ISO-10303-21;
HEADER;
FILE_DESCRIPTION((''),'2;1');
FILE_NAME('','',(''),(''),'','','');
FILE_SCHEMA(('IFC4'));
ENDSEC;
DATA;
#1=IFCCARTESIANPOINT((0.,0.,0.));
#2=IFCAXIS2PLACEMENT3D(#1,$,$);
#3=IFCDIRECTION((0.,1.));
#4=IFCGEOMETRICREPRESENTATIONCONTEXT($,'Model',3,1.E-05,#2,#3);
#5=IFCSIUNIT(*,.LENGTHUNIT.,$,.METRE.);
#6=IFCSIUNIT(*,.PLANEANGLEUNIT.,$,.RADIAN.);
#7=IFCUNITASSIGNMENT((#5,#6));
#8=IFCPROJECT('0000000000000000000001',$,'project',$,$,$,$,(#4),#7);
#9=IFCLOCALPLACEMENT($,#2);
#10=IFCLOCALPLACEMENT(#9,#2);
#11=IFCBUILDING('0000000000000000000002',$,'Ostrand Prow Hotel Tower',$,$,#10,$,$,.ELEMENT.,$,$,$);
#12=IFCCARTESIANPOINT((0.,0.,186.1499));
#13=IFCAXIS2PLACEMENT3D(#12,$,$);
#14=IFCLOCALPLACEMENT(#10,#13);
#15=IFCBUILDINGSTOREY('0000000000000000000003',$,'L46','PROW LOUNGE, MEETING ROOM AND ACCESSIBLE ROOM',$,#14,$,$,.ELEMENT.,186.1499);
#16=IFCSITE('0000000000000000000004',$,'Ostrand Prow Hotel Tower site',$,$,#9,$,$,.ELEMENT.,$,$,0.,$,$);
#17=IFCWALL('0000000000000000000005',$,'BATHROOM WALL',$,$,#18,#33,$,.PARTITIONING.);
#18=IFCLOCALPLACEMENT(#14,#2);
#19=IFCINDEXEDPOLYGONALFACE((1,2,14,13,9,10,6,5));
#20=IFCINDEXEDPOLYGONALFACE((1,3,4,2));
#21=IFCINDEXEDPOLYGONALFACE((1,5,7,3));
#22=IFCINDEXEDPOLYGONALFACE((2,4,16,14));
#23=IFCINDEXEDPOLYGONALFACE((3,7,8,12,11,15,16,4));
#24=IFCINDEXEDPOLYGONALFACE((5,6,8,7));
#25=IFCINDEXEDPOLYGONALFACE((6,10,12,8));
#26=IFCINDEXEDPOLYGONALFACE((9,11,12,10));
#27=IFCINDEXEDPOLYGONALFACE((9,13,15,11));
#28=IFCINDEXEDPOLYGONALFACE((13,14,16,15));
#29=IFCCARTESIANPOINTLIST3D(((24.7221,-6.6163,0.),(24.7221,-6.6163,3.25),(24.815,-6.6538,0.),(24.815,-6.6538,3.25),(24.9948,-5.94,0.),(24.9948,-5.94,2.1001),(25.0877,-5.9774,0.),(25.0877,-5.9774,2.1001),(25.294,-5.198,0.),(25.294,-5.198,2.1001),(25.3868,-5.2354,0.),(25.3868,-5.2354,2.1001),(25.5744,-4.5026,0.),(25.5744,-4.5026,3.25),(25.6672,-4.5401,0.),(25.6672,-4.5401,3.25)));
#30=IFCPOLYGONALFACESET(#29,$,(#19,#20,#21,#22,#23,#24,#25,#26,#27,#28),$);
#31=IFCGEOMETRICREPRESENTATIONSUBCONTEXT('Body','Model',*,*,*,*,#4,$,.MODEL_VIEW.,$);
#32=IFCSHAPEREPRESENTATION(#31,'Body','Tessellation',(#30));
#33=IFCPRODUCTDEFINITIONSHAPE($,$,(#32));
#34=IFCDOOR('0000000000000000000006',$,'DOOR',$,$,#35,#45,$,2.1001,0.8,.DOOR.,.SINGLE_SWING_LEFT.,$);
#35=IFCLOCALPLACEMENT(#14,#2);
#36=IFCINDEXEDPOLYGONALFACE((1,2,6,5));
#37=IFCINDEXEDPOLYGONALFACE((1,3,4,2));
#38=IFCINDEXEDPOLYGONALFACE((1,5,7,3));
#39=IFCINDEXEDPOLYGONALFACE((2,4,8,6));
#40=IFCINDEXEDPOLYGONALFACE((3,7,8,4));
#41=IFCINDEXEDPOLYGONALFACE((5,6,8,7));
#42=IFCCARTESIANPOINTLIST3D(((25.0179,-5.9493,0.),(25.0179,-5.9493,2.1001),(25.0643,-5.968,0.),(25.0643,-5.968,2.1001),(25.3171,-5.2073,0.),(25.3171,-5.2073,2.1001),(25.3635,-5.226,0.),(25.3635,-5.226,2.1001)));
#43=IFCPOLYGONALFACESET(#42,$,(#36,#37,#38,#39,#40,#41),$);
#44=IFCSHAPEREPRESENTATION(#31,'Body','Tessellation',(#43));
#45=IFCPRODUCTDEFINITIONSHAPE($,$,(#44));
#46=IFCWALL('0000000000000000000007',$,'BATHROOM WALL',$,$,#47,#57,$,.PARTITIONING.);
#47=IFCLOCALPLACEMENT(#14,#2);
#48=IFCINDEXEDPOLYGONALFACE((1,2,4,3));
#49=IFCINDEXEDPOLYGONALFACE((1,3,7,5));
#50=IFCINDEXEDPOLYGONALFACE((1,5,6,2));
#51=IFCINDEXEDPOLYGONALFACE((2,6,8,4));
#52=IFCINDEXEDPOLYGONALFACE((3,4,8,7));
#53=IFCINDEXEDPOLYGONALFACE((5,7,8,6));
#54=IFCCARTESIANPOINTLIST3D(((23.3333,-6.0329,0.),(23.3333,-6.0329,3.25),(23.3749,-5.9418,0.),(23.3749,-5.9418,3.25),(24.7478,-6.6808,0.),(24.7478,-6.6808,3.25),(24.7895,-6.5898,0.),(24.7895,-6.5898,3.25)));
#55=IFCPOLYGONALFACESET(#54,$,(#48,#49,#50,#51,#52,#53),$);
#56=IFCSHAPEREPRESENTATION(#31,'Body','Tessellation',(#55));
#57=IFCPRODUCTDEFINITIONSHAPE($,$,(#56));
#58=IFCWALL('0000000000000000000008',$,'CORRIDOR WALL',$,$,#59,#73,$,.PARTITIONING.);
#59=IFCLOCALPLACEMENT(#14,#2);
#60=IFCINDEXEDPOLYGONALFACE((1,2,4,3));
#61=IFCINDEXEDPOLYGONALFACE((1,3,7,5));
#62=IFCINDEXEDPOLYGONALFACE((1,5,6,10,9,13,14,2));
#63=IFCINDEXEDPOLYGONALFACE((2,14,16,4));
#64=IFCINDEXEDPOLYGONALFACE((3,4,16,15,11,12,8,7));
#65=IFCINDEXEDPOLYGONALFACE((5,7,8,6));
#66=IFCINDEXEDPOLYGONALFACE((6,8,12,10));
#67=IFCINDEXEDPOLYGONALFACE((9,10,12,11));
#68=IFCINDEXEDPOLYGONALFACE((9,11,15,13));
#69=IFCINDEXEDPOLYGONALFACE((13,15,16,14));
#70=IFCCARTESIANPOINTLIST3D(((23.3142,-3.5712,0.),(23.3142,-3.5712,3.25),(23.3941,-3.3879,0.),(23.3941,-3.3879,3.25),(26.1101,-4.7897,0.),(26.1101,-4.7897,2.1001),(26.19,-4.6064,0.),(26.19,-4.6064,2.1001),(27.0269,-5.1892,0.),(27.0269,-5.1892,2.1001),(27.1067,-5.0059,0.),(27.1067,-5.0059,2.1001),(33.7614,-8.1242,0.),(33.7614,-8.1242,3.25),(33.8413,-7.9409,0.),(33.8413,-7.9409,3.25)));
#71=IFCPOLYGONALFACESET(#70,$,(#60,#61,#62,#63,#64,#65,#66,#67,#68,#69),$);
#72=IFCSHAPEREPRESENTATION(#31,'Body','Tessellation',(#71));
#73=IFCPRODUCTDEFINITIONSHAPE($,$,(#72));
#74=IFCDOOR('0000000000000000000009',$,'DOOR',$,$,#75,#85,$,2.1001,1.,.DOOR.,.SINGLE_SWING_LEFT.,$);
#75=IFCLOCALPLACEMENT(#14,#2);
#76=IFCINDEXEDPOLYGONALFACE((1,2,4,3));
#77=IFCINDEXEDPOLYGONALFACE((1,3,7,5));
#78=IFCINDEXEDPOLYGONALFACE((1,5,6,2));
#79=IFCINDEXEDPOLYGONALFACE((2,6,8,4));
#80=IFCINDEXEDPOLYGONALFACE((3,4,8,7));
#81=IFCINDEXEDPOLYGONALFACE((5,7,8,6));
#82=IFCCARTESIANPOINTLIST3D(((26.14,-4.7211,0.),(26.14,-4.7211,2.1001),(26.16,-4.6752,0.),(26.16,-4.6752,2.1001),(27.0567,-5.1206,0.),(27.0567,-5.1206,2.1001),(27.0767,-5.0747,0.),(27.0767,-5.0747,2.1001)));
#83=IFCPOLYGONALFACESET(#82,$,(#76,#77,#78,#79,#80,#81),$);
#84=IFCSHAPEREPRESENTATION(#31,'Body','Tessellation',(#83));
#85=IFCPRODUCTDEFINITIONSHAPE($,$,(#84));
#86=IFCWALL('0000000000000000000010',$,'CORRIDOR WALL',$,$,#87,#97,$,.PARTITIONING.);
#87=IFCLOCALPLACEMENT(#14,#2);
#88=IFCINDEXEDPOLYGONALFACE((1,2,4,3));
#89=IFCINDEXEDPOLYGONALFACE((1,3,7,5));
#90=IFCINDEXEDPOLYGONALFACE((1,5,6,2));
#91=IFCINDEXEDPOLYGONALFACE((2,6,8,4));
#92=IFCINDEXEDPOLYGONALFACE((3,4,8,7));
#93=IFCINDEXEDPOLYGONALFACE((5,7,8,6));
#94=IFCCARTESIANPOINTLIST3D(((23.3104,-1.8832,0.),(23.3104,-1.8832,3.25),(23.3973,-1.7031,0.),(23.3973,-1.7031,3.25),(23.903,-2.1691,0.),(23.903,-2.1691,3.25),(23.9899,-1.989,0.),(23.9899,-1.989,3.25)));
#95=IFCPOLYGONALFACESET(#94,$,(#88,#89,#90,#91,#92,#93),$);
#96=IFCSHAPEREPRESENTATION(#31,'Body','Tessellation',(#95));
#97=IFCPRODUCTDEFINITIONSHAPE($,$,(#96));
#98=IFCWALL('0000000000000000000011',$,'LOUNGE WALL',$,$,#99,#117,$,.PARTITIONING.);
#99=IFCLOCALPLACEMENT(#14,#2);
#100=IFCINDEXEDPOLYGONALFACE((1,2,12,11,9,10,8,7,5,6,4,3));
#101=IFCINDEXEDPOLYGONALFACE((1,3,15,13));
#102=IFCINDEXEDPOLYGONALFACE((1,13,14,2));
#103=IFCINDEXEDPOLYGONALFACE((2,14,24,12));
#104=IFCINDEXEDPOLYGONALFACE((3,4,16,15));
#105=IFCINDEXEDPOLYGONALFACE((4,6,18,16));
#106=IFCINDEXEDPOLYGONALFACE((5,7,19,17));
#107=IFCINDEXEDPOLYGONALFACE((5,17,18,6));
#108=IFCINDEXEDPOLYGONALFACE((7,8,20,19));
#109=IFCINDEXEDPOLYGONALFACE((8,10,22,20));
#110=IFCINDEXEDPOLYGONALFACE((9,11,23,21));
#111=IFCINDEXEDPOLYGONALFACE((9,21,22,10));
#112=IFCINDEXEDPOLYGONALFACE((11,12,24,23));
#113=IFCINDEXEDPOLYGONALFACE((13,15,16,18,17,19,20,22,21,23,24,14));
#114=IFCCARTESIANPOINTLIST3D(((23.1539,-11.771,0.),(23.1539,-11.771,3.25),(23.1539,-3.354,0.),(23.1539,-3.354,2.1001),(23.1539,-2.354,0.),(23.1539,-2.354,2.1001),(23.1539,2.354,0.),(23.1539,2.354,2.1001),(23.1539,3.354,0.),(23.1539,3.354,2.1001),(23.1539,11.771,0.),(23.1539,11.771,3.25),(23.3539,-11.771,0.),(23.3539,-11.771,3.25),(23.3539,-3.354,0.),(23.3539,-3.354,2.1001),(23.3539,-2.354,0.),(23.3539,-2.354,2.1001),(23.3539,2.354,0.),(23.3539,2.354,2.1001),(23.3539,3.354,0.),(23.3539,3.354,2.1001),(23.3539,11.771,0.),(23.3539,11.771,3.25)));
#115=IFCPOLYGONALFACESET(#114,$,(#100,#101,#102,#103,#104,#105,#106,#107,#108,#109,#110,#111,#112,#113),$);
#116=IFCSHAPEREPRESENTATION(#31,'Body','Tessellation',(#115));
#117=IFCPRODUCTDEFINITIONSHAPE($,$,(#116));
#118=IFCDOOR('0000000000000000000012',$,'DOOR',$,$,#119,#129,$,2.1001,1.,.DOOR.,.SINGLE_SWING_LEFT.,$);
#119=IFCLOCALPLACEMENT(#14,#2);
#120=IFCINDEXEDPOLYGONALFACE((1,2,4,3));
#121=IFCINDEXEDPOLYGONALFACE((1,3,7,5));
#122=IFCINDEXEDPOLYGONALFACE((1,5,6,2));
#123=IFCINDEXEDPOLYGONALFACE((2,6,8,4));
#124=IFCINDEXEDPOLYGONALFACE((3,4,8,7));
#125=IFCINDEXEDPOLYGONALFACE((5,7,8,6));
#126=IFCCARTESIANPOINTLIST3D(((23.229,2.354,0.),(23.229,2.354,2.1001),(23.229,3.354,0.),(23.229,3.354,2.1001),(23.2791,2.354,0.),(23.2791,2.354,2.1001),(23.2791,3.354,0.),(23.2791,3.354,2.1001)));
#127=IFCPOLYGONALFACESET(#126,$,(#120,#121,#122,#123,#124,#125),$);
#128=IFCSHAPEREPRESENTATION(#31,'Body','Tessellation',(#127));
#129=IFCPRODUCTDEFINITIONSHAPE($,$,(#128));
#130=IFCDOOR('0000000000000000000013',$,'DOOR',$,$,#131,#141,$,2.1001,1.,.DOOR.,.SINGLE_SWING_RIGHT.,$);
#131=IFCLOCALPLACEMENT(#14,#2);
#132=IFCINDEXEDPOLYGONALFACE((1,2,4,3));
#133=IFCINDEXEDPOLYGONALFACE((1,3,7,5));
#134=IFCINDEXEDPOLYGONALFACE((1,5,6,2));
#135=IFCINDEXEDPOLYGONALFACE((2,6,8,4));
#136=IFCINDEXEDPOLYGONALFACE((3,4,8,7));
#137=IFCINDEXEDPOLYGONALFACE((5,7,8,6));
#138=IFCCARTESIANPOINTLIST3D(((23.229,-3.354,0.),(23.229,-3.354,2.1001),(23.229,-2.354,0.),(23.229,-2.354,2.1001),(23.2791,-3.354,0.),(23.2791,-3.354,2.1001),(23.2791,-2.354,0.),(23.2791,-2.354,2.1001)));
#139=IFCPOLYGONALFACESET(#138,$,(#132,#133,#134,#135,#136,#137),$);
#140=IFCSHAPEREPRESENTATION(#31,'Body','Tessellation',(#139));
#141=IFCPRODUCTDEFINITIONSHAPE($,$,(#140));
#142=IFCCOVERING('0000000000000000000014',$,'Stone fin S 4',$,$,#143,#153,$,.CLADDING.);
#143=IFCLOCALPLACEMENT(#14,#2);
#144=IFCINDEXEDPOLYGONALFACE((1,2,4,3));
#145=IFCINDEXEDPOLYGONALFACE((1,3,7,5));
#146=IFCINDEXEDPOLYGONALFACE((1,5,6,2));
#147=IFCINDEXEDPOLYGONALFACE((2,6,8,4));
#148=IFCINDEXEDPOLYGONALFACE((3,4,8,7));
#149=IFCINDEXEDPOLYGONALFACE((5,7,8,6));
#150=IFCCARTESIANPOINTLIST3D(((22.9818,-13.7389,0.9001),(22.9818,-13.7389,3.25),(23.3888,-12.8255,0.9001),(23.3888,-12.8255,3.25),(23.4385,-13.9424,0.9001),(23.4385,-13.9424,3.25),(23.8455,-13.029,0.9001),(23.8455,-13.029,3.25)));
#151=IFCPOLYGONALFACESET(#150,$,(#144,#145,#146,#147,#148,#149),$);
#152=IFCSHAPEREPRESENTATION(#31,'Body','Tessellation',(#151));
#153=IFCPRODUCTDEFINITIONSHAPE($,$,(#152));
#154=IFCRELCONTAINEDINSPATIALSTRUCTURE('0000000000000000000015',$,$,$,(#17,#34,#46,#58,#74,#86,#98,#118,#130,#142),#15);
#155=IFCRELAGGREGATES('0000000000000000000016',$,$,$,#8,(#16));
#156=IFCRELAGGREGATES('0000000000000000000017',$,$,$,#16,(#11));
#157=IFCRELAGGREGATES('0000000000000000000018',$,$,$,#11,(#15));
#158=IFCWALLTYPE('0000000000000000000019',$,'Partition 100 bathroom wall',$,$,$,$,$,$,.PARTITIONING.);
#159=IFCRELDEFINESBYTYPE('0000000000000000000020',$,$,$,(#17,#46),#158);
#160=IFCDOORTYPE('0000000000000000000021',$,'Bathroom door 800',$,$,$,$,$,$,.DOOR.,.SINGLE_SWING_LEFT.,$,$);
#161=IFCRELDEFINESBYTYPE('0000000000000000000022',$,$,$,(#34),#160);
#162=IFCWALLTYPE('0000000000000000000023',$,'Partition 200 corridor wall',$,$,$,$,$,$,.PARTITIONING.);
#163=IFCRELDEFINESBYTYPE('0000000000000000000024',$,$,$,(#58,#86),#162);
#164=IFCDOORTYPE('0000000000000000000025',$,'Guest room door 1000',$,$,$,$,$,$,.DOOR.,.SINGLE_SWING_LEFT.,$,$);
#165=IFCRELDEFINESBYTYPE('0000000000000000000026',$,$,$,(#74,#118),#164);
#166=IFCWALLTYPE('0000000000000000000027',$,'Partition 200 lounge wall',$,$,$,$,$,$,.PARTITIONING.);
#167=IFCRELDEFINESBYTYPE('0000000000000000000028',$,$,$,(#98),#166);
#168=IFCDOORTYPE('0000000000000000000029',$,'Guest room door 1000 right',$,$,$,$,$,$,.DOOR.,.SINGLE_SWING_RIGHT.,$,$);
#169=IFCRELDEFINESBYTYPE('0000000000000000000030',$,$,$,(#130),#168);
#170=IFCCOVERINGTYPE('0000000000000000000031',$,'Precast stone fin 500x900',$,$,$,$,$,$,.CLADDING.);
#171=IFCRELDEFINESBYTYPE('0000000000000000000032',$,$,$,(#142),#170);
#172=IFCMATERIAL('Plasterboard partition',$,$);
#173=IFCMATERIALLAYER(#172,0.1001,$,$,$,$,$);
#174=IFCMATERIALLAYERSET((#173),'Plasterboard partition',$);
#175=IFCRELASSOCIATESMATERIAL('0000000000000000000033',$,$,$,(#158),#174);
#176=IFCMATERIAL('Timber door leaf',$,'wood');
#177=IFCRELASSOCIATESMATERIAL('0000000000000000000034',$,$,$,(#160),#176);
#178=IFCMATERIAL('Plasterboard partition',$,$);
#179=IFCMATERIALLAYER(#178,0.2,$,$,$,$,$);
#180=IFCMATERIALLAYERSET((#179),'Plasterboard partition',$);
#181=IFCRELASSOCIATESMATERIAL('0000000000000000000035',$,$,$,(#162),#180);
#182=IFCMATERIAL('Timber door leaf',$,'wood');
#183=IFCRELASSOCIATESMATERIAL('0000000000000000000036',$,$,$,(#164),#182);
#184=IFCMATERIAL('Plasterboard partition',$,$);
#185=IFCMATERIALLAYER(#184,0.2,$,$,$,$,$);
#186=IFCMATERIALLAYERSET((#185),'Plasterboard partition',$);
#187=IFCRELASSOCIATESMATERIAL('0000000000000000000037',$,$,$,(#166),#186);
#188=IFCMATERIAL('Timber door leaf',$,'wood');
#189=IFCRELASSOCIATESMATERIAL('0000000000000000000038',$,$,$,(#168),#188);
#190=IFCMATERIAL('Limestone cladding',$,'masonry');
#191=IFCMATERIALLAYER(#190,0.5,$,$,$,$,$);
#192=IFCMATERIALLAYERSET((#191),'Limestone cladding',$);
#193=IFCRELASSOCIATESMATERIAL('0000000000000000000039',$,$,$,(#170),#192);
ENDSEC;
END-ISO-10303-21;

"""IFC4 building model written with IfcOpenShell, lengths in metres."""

from ifc_helpers import new_model, si_unit, direction, frame, frame_2d, origin, place, context, subcontext, project, spatial, rectangle, extrude, material, layer, layer_set, type_object, element, fill, save


model = new_model("IFC4")

# Units and contexts
model_context = context("Model", 3, precision=1e-05, world=origin(), true_north=direction((0.0, 1.0)))
body_context = subcontext(model_context, "Body", "Model", "MODEL_VIEW")
ifc_project = project(units=[si_unit("LENGTHUNIT", "METRE"), si_unit("PLANEANGLEUNIT", "RADIAN")], contexts=[model_context])

# Site, building, storey
site_placement = place(None, origin())
site = spatial("IfcSite", under=ifc_project, at=site_placement, Name="Ostrand Prow Hotel Tower site", CompositionType="ELEMENT", RefElevation=0.0)
building_placement = place(site_placement, origin())
building = spatial("IfcBuilding", under=site, at=building_placement, Name="Ostrand Prow Hotel Tower", CompositionType="ELEMENT")
storey_placement = place(building_placement, frame((0.0, 0.0, 186.1499)))
storey = spatial("IfcBuildingStorey", under=building, at=storey_placement, Name="L46", Description="PROW LOUNGE, MEETING ROOM AND ACCESSIBLE ROOM", CompositionType="ELEMENT", Elevation=186.1499)

# Wall, opening, door
ifc_material_1 = material(Name="Plasterboard partition")
ifc_layer_1 = layer(ifc_material_1, 0.1001)
ifc_layer_set_1 = layer_set([ifc_layer_1], Name="Plasterboard partition")
wall_type_1 = type_object("IfcWallType", Name="Partition 100 bathroom wall", PredefinedType="PARTITIONING", material=ifc_layer_set_1)
wall_1_placement = place(storey_placement, frame((25.6208, -4.5212, 0.0), z_axis=(0.0, 0.0, 1.0), x_axis=(-0.373956, -0.927446, 0.0)))
wall_1 = element("IfcWall", 1, at=wall_1_placement, inside=storey, type_object=wall_type_1, Name="BATHROOM WALL", PredefinedType="PARTITIONING", context=body_context, shape_type="SweptSolid", body=[
    extrude(rectangle(XDim=2.2791, YDim=0.1001, at=frame_2d((1.1396, 0.0))), origin(), (0.0, 0.0, 1.0), 3.25),
])
opening_1_placement = place(wall_1_placement, frame((0.75, 0.0, 0.0)))
opening_1 = element("IfcOpeningElement", 2, at=opening_1_placement, cuts=wall_1, PredefinedType="OPENING", context=body_context, shape_type="SweptSolid", body=[
    extrude(rectangle(XDim=0.8, YDim=2.1001, at=frame_2d((0.3999, 1.05))), frame((0.0, 0.0601, 0.0), z_axis=(0.0, -1.0, 0.0), x_axis=(1.0, 0.0, 0.0)), (0.0, 0.0, 1.0), 0.1201),
])
ifc_material_2 = material(Name="Timber door leaf", Category="wood")
door_type_1 = type_object("IfcDoorType", Name="Bathroom door 800", OperationType="SINGLE_SWING_LEFT", PredefinedType="DOOR", material=ifc_material_2)
door_1_placement = place(opening_1_placement, origin())
door_1 = element("IfcDoor", 3, at=door_1_placement, inside=storey, type_object=door_type_1, Name="DOOR", OperationType="SINGLE_SWING_LEFT", OverallHeight=2.1001, OverallWidth=0.8, PredefinedType="DOOR", context=body_context, shape_type="SweptSolid", body=[
    extrude(rectangle(XDim=0.8, YDim=2.1001, at=frame_2d((0.3999, 1.05))), frame((0.0, 0.0249, 0.0), z_axis=(0.0, -1.0, 0.0), x_axis=(1.0, 0.0, 0.0)), (0.0, 0.0, 1.0), 0.05),
])
fill(opening_1, door_1)

# Wall
wall_2_placement = place(storey_placement, frame((24.7686, -6.6353, 0.0), z_axis=(0.0, 0.0, 1.0), x_axis=(-0.909159, 0.416449, 0.0)))
element("IfcWall", 4, at=wall_2_placement, inside=storey, type_object=wall_type_1, Name="BATHROOM WALL", PredefinedType="PARTITIONING", context=body_context, shape_type="SweptSolid", body=[
    extrude(rectangle(XDim=1.5559, YDim=0.1001, at=frame_2d((0.7778, 0.0))), origin(), (0.0, 0.0, 1.0), 3.25),
])

# Wall, opening, door
ifc_material_3 = material(Name="Plasterboard partition")
ifc_layer_2 = layer(ifc_material_3, 0.2)
ifc_layer_set_2 = layer_set([ifc_layer_2], Name="Plasterboard partition")
wall_type_2 = type_object("IfcWallType", Name="Partition 200 corridor wall", PredefinedType="PARTITIONING", material=ifc_layer_set_2)
wall_3_placement = place(storey_placement, frame((23.354, -3.4795, 0.0), z_axis=(0.0, 0.0, 1.0), x_axis=(0.916727, -0.399515, 0.0)))
wall_3 = element("IfcWall", 5, at=wall_3_placement, inside=storey, type_object=wall_type_2, Name="CORRIDOR WALL", PredefinedType="PARTITIONING", context=body_context, shape_type="SweptSolid", body=[
    extrude(rectangle(XDim=11.3962, YDim=0.2, at=frame_2d((5.6982, 0.0))), origin(), (0.0, 0.0, 1.0), 3.25),
])
opening_2_placement = place(wall_3_placement, frame((3.05, 0.0, 0.0)))
opening_2 = element("IfcOpeningElement", 6, at=opening_2_placement, cuts=wall_3, PredefinedType="OPENING", context=body_context, shape_type="SweptSolid", body=[
    extrude(rectangle(XDim=1.0, YDim=2.1001, at=frame_2d((0.5, 1.05))), frame((0.0, 0.1099, 0.0), z_axis=(0.0, -1.0, 0.0), x_axis=(1.0, 0.0, 0.0)), (0.0, 0.0, 1.0), 0.22),
])
ifc_material_4 = material(Name="Timber door leaf", Category="wood")
door_type_2 = type_object("IfcDoorType", Name="Guest room door 1000", OperationType="SINGLE_SWING_LEFT", PredefinedType="DOOR", material=ifc_material_4)
door_2_placement = place(opening_2_placement, origin())
door_2 = element("IfcDoor", 7, at=door_2_placement, inside=storey, type_object=door_type_2, Name="DOOR", OperationType="SINGLE_SWING_LEFT", OverallHeight=2.1001, OverallWidth=1.0, PredefinedType="DOOR", context=body_context, shape_type="SweptSolid", body=[
    extrude(rectangle(XDim=1.0, YDim=2.1001, at=frame_2d((0.5, 1.05))), frame((0.0, 0.0249, 0.0), z_axis=(0.0, -1.0, 0.0), x_axis=(1.0, 0.0, 0.0)), (0.0, 0.0, 1.0), 0.05),
])
fill(opening_2, door_2)

# Wall
wall_4_placement = place(storey_placement, frame((23.9465, -2.0791, 0.0), z_axis=(0.0, 0.0, 1.0), x_axis=(-0.900647, 0.434552, 0.0)))
element("IfcWall", 8, at=wall_4_placement, inside=storey, type_object=wall_type_2, Name="CORRIDOR WALL", PredefinedType="PARTITIONING", context=body_context, shape_type="SweptSolid", body=[
    extrude(rectangle(XDim=0.658, YDim=0.2, at=frame_2d((0.3291, 0.0))), origin(), (0.0, 0.0, 1.0), 3.25),
])

# Wall, openings, doors
ifc_material_5 = material(Name="Plasterboard partition")
ifc_layer_3 = layer(ifc_material_5, 0.2)
ifc_layer_set_3 = layer_set([ifc_layer_3], Name="Plasterboard partition")
wall_type_3 = type_object("IfcWallType", Name="Partition 200 lounge wall", PredefinedType="PARTITIONING", material=ifc_layer_set_3)
wall_5_placement = place(storey_placement, frame((23.2539, -11.771, 0.0), z_axis=(0.0, 0.0, 1.0), x_axis=(0.0, 1.0, 0.0)))
wall_5 = element("IfcWall", 9, at=wall_5_placement, inside=storey, type_object=wall_type_3, Name="LOUNGE WALL", PredefinedType="PARTITIONING", context=body_context, shape_type="SweptSolid", body=[
    extrude(rectangle(XDim=23.542, YDim=0.2, at=frame_2d((11.771, 0.0))), origin(), (0.0, 0.0, 1.0), 3.25),
])
opening_3_placement = place(wall_5_placement, frame((14.125, 0.0, 0.0)))
opening_3 = element("IfcOpeningElement", 10, at=opening_3_placement, cuts=wall_5, PredefinedType="OPENING", context=body_context, shape_type="SweptSolid", body=[
    extrude(rectangle(XDim=1.0, YDim=2.1001, at=frame_2d((0.5, 1.05))), frame((0.0, 0.1099, 0.0), z_axis=(0.0, -1.0, 0.0), x_axis=(1.0, 0.0, 0.0)), (0.0, 0.0, 1.0), 0.22),
])
opening_4_placement = place(wall_5_placement, frame((8.417, 0.0, 0.0)))
opening_4 = element("IfcOpeningElement", 11, at=opening_4_placement, cuts=wall_5, PredefinedType="OPENING", context=body_context, shape_type="SweptSolid", body=[
    extrude(rectangle(XDim=1.0, YDim=2.1001, at=frame_2d((0.5, 1.05))), frame((0.0, 0.1099, 0.0), z_axis=(0.0, -1.0, 0.0), x_axis=(1.0, 0.0, 0.0)), (0.0, 0.0, 1.0), 0.22),
])
door_3_placement = place(opening_3_placement, origin())
door_3 = element("IfcDoor", 12, at=door_3_placement, inside=storey, type_object=door_type_2, Name="DOOR", OperationType="SINGLE_SWING_LEFT", OverallHeight=2.1001, OverallWidth=1.0, PredefinedType="DOOR", context=body_context, shape_type="SweptSolid", body=[
    extrude(rectangle(XDim=1.0, YDim=2.1001, at=frame_2d((0.5, 1.05))), frame((0.0, 0.0249, 0.0), z_axis=(0.0, -1.0, 0.0), x_axis=(1.0, 0.0, 0.0)), (0.0, 0.0, 1.0), 0.05),
])
fill(opening_3, door_3)
ifc_material_6 = material(Name="Timber door leaf", Category="wood")
door_type_3 = type_object("IfcDoorType", Name="Guest room door 1000 right", OperationType="SINGLE_SWING_RIGHT", PredefinedType="DOOR", material=ifc_material_6)
door_4_placement = place(opening_4_placement, origin())
door_4 = element("IfcDoor", 13, at=door_4_placement, inside=storey, type_object=door_type_3, Name="DOOR", OperationType="SINGLE_SWING_RIGHT", OverallHeight=2.1001, OverallWidth=1.0, PredefinedType="DOOR", context=body_context, shape_type="SweptSolid", body=[
    extrude(rectangle(XDim=1.0, YDim=2.1001, at=frame_2d((0.5, 1.05))), frame((0.0, 0.0249, 0.0), z_axis=(0.0, -1.0, 0.0), x_axis=(1.0, 0.0, 0.0)), (0.0, 0.0, 1.0), 0.05),
])
fill(opening_4, door_4)

# Covering
ifc_material_7 = material(Name="Limestone cladding", Category="masonry")
ifc_layer_4 = layer(ifc_material_7, 0.5)
ifc_layer_set_4 = layer_set([ifc_layer_4], Name="Limestone cladding")
covering_type = type_object("IfcCoveringType", Name="Precast stone fin 500x900", PredefinedType="CLADDING", material=ifc_layer_set_4)
covering_placement = place(storey_placement, frame((23.6172, -12.9272, 0.9001), z_axis=(0.0, 0.0, 1.0), x_axis=(-0.407022, -0.913418, 0.0)))
element("IfcCovering", 14, at=covering_placement, inside=storey, type_object=covering_type, Name="Stone fin S 4", PredefinedType="CLADDING", context=body_context, shape_type="SweptSolid", body=[
    extrude(rectangle(XDim=1.0, YDim=0.5, at=frame_2d((0.5, 0.0))), origin(), (0.0, 0.0, 1.0), 2.3499),
])

save(model, "model.ifc")
